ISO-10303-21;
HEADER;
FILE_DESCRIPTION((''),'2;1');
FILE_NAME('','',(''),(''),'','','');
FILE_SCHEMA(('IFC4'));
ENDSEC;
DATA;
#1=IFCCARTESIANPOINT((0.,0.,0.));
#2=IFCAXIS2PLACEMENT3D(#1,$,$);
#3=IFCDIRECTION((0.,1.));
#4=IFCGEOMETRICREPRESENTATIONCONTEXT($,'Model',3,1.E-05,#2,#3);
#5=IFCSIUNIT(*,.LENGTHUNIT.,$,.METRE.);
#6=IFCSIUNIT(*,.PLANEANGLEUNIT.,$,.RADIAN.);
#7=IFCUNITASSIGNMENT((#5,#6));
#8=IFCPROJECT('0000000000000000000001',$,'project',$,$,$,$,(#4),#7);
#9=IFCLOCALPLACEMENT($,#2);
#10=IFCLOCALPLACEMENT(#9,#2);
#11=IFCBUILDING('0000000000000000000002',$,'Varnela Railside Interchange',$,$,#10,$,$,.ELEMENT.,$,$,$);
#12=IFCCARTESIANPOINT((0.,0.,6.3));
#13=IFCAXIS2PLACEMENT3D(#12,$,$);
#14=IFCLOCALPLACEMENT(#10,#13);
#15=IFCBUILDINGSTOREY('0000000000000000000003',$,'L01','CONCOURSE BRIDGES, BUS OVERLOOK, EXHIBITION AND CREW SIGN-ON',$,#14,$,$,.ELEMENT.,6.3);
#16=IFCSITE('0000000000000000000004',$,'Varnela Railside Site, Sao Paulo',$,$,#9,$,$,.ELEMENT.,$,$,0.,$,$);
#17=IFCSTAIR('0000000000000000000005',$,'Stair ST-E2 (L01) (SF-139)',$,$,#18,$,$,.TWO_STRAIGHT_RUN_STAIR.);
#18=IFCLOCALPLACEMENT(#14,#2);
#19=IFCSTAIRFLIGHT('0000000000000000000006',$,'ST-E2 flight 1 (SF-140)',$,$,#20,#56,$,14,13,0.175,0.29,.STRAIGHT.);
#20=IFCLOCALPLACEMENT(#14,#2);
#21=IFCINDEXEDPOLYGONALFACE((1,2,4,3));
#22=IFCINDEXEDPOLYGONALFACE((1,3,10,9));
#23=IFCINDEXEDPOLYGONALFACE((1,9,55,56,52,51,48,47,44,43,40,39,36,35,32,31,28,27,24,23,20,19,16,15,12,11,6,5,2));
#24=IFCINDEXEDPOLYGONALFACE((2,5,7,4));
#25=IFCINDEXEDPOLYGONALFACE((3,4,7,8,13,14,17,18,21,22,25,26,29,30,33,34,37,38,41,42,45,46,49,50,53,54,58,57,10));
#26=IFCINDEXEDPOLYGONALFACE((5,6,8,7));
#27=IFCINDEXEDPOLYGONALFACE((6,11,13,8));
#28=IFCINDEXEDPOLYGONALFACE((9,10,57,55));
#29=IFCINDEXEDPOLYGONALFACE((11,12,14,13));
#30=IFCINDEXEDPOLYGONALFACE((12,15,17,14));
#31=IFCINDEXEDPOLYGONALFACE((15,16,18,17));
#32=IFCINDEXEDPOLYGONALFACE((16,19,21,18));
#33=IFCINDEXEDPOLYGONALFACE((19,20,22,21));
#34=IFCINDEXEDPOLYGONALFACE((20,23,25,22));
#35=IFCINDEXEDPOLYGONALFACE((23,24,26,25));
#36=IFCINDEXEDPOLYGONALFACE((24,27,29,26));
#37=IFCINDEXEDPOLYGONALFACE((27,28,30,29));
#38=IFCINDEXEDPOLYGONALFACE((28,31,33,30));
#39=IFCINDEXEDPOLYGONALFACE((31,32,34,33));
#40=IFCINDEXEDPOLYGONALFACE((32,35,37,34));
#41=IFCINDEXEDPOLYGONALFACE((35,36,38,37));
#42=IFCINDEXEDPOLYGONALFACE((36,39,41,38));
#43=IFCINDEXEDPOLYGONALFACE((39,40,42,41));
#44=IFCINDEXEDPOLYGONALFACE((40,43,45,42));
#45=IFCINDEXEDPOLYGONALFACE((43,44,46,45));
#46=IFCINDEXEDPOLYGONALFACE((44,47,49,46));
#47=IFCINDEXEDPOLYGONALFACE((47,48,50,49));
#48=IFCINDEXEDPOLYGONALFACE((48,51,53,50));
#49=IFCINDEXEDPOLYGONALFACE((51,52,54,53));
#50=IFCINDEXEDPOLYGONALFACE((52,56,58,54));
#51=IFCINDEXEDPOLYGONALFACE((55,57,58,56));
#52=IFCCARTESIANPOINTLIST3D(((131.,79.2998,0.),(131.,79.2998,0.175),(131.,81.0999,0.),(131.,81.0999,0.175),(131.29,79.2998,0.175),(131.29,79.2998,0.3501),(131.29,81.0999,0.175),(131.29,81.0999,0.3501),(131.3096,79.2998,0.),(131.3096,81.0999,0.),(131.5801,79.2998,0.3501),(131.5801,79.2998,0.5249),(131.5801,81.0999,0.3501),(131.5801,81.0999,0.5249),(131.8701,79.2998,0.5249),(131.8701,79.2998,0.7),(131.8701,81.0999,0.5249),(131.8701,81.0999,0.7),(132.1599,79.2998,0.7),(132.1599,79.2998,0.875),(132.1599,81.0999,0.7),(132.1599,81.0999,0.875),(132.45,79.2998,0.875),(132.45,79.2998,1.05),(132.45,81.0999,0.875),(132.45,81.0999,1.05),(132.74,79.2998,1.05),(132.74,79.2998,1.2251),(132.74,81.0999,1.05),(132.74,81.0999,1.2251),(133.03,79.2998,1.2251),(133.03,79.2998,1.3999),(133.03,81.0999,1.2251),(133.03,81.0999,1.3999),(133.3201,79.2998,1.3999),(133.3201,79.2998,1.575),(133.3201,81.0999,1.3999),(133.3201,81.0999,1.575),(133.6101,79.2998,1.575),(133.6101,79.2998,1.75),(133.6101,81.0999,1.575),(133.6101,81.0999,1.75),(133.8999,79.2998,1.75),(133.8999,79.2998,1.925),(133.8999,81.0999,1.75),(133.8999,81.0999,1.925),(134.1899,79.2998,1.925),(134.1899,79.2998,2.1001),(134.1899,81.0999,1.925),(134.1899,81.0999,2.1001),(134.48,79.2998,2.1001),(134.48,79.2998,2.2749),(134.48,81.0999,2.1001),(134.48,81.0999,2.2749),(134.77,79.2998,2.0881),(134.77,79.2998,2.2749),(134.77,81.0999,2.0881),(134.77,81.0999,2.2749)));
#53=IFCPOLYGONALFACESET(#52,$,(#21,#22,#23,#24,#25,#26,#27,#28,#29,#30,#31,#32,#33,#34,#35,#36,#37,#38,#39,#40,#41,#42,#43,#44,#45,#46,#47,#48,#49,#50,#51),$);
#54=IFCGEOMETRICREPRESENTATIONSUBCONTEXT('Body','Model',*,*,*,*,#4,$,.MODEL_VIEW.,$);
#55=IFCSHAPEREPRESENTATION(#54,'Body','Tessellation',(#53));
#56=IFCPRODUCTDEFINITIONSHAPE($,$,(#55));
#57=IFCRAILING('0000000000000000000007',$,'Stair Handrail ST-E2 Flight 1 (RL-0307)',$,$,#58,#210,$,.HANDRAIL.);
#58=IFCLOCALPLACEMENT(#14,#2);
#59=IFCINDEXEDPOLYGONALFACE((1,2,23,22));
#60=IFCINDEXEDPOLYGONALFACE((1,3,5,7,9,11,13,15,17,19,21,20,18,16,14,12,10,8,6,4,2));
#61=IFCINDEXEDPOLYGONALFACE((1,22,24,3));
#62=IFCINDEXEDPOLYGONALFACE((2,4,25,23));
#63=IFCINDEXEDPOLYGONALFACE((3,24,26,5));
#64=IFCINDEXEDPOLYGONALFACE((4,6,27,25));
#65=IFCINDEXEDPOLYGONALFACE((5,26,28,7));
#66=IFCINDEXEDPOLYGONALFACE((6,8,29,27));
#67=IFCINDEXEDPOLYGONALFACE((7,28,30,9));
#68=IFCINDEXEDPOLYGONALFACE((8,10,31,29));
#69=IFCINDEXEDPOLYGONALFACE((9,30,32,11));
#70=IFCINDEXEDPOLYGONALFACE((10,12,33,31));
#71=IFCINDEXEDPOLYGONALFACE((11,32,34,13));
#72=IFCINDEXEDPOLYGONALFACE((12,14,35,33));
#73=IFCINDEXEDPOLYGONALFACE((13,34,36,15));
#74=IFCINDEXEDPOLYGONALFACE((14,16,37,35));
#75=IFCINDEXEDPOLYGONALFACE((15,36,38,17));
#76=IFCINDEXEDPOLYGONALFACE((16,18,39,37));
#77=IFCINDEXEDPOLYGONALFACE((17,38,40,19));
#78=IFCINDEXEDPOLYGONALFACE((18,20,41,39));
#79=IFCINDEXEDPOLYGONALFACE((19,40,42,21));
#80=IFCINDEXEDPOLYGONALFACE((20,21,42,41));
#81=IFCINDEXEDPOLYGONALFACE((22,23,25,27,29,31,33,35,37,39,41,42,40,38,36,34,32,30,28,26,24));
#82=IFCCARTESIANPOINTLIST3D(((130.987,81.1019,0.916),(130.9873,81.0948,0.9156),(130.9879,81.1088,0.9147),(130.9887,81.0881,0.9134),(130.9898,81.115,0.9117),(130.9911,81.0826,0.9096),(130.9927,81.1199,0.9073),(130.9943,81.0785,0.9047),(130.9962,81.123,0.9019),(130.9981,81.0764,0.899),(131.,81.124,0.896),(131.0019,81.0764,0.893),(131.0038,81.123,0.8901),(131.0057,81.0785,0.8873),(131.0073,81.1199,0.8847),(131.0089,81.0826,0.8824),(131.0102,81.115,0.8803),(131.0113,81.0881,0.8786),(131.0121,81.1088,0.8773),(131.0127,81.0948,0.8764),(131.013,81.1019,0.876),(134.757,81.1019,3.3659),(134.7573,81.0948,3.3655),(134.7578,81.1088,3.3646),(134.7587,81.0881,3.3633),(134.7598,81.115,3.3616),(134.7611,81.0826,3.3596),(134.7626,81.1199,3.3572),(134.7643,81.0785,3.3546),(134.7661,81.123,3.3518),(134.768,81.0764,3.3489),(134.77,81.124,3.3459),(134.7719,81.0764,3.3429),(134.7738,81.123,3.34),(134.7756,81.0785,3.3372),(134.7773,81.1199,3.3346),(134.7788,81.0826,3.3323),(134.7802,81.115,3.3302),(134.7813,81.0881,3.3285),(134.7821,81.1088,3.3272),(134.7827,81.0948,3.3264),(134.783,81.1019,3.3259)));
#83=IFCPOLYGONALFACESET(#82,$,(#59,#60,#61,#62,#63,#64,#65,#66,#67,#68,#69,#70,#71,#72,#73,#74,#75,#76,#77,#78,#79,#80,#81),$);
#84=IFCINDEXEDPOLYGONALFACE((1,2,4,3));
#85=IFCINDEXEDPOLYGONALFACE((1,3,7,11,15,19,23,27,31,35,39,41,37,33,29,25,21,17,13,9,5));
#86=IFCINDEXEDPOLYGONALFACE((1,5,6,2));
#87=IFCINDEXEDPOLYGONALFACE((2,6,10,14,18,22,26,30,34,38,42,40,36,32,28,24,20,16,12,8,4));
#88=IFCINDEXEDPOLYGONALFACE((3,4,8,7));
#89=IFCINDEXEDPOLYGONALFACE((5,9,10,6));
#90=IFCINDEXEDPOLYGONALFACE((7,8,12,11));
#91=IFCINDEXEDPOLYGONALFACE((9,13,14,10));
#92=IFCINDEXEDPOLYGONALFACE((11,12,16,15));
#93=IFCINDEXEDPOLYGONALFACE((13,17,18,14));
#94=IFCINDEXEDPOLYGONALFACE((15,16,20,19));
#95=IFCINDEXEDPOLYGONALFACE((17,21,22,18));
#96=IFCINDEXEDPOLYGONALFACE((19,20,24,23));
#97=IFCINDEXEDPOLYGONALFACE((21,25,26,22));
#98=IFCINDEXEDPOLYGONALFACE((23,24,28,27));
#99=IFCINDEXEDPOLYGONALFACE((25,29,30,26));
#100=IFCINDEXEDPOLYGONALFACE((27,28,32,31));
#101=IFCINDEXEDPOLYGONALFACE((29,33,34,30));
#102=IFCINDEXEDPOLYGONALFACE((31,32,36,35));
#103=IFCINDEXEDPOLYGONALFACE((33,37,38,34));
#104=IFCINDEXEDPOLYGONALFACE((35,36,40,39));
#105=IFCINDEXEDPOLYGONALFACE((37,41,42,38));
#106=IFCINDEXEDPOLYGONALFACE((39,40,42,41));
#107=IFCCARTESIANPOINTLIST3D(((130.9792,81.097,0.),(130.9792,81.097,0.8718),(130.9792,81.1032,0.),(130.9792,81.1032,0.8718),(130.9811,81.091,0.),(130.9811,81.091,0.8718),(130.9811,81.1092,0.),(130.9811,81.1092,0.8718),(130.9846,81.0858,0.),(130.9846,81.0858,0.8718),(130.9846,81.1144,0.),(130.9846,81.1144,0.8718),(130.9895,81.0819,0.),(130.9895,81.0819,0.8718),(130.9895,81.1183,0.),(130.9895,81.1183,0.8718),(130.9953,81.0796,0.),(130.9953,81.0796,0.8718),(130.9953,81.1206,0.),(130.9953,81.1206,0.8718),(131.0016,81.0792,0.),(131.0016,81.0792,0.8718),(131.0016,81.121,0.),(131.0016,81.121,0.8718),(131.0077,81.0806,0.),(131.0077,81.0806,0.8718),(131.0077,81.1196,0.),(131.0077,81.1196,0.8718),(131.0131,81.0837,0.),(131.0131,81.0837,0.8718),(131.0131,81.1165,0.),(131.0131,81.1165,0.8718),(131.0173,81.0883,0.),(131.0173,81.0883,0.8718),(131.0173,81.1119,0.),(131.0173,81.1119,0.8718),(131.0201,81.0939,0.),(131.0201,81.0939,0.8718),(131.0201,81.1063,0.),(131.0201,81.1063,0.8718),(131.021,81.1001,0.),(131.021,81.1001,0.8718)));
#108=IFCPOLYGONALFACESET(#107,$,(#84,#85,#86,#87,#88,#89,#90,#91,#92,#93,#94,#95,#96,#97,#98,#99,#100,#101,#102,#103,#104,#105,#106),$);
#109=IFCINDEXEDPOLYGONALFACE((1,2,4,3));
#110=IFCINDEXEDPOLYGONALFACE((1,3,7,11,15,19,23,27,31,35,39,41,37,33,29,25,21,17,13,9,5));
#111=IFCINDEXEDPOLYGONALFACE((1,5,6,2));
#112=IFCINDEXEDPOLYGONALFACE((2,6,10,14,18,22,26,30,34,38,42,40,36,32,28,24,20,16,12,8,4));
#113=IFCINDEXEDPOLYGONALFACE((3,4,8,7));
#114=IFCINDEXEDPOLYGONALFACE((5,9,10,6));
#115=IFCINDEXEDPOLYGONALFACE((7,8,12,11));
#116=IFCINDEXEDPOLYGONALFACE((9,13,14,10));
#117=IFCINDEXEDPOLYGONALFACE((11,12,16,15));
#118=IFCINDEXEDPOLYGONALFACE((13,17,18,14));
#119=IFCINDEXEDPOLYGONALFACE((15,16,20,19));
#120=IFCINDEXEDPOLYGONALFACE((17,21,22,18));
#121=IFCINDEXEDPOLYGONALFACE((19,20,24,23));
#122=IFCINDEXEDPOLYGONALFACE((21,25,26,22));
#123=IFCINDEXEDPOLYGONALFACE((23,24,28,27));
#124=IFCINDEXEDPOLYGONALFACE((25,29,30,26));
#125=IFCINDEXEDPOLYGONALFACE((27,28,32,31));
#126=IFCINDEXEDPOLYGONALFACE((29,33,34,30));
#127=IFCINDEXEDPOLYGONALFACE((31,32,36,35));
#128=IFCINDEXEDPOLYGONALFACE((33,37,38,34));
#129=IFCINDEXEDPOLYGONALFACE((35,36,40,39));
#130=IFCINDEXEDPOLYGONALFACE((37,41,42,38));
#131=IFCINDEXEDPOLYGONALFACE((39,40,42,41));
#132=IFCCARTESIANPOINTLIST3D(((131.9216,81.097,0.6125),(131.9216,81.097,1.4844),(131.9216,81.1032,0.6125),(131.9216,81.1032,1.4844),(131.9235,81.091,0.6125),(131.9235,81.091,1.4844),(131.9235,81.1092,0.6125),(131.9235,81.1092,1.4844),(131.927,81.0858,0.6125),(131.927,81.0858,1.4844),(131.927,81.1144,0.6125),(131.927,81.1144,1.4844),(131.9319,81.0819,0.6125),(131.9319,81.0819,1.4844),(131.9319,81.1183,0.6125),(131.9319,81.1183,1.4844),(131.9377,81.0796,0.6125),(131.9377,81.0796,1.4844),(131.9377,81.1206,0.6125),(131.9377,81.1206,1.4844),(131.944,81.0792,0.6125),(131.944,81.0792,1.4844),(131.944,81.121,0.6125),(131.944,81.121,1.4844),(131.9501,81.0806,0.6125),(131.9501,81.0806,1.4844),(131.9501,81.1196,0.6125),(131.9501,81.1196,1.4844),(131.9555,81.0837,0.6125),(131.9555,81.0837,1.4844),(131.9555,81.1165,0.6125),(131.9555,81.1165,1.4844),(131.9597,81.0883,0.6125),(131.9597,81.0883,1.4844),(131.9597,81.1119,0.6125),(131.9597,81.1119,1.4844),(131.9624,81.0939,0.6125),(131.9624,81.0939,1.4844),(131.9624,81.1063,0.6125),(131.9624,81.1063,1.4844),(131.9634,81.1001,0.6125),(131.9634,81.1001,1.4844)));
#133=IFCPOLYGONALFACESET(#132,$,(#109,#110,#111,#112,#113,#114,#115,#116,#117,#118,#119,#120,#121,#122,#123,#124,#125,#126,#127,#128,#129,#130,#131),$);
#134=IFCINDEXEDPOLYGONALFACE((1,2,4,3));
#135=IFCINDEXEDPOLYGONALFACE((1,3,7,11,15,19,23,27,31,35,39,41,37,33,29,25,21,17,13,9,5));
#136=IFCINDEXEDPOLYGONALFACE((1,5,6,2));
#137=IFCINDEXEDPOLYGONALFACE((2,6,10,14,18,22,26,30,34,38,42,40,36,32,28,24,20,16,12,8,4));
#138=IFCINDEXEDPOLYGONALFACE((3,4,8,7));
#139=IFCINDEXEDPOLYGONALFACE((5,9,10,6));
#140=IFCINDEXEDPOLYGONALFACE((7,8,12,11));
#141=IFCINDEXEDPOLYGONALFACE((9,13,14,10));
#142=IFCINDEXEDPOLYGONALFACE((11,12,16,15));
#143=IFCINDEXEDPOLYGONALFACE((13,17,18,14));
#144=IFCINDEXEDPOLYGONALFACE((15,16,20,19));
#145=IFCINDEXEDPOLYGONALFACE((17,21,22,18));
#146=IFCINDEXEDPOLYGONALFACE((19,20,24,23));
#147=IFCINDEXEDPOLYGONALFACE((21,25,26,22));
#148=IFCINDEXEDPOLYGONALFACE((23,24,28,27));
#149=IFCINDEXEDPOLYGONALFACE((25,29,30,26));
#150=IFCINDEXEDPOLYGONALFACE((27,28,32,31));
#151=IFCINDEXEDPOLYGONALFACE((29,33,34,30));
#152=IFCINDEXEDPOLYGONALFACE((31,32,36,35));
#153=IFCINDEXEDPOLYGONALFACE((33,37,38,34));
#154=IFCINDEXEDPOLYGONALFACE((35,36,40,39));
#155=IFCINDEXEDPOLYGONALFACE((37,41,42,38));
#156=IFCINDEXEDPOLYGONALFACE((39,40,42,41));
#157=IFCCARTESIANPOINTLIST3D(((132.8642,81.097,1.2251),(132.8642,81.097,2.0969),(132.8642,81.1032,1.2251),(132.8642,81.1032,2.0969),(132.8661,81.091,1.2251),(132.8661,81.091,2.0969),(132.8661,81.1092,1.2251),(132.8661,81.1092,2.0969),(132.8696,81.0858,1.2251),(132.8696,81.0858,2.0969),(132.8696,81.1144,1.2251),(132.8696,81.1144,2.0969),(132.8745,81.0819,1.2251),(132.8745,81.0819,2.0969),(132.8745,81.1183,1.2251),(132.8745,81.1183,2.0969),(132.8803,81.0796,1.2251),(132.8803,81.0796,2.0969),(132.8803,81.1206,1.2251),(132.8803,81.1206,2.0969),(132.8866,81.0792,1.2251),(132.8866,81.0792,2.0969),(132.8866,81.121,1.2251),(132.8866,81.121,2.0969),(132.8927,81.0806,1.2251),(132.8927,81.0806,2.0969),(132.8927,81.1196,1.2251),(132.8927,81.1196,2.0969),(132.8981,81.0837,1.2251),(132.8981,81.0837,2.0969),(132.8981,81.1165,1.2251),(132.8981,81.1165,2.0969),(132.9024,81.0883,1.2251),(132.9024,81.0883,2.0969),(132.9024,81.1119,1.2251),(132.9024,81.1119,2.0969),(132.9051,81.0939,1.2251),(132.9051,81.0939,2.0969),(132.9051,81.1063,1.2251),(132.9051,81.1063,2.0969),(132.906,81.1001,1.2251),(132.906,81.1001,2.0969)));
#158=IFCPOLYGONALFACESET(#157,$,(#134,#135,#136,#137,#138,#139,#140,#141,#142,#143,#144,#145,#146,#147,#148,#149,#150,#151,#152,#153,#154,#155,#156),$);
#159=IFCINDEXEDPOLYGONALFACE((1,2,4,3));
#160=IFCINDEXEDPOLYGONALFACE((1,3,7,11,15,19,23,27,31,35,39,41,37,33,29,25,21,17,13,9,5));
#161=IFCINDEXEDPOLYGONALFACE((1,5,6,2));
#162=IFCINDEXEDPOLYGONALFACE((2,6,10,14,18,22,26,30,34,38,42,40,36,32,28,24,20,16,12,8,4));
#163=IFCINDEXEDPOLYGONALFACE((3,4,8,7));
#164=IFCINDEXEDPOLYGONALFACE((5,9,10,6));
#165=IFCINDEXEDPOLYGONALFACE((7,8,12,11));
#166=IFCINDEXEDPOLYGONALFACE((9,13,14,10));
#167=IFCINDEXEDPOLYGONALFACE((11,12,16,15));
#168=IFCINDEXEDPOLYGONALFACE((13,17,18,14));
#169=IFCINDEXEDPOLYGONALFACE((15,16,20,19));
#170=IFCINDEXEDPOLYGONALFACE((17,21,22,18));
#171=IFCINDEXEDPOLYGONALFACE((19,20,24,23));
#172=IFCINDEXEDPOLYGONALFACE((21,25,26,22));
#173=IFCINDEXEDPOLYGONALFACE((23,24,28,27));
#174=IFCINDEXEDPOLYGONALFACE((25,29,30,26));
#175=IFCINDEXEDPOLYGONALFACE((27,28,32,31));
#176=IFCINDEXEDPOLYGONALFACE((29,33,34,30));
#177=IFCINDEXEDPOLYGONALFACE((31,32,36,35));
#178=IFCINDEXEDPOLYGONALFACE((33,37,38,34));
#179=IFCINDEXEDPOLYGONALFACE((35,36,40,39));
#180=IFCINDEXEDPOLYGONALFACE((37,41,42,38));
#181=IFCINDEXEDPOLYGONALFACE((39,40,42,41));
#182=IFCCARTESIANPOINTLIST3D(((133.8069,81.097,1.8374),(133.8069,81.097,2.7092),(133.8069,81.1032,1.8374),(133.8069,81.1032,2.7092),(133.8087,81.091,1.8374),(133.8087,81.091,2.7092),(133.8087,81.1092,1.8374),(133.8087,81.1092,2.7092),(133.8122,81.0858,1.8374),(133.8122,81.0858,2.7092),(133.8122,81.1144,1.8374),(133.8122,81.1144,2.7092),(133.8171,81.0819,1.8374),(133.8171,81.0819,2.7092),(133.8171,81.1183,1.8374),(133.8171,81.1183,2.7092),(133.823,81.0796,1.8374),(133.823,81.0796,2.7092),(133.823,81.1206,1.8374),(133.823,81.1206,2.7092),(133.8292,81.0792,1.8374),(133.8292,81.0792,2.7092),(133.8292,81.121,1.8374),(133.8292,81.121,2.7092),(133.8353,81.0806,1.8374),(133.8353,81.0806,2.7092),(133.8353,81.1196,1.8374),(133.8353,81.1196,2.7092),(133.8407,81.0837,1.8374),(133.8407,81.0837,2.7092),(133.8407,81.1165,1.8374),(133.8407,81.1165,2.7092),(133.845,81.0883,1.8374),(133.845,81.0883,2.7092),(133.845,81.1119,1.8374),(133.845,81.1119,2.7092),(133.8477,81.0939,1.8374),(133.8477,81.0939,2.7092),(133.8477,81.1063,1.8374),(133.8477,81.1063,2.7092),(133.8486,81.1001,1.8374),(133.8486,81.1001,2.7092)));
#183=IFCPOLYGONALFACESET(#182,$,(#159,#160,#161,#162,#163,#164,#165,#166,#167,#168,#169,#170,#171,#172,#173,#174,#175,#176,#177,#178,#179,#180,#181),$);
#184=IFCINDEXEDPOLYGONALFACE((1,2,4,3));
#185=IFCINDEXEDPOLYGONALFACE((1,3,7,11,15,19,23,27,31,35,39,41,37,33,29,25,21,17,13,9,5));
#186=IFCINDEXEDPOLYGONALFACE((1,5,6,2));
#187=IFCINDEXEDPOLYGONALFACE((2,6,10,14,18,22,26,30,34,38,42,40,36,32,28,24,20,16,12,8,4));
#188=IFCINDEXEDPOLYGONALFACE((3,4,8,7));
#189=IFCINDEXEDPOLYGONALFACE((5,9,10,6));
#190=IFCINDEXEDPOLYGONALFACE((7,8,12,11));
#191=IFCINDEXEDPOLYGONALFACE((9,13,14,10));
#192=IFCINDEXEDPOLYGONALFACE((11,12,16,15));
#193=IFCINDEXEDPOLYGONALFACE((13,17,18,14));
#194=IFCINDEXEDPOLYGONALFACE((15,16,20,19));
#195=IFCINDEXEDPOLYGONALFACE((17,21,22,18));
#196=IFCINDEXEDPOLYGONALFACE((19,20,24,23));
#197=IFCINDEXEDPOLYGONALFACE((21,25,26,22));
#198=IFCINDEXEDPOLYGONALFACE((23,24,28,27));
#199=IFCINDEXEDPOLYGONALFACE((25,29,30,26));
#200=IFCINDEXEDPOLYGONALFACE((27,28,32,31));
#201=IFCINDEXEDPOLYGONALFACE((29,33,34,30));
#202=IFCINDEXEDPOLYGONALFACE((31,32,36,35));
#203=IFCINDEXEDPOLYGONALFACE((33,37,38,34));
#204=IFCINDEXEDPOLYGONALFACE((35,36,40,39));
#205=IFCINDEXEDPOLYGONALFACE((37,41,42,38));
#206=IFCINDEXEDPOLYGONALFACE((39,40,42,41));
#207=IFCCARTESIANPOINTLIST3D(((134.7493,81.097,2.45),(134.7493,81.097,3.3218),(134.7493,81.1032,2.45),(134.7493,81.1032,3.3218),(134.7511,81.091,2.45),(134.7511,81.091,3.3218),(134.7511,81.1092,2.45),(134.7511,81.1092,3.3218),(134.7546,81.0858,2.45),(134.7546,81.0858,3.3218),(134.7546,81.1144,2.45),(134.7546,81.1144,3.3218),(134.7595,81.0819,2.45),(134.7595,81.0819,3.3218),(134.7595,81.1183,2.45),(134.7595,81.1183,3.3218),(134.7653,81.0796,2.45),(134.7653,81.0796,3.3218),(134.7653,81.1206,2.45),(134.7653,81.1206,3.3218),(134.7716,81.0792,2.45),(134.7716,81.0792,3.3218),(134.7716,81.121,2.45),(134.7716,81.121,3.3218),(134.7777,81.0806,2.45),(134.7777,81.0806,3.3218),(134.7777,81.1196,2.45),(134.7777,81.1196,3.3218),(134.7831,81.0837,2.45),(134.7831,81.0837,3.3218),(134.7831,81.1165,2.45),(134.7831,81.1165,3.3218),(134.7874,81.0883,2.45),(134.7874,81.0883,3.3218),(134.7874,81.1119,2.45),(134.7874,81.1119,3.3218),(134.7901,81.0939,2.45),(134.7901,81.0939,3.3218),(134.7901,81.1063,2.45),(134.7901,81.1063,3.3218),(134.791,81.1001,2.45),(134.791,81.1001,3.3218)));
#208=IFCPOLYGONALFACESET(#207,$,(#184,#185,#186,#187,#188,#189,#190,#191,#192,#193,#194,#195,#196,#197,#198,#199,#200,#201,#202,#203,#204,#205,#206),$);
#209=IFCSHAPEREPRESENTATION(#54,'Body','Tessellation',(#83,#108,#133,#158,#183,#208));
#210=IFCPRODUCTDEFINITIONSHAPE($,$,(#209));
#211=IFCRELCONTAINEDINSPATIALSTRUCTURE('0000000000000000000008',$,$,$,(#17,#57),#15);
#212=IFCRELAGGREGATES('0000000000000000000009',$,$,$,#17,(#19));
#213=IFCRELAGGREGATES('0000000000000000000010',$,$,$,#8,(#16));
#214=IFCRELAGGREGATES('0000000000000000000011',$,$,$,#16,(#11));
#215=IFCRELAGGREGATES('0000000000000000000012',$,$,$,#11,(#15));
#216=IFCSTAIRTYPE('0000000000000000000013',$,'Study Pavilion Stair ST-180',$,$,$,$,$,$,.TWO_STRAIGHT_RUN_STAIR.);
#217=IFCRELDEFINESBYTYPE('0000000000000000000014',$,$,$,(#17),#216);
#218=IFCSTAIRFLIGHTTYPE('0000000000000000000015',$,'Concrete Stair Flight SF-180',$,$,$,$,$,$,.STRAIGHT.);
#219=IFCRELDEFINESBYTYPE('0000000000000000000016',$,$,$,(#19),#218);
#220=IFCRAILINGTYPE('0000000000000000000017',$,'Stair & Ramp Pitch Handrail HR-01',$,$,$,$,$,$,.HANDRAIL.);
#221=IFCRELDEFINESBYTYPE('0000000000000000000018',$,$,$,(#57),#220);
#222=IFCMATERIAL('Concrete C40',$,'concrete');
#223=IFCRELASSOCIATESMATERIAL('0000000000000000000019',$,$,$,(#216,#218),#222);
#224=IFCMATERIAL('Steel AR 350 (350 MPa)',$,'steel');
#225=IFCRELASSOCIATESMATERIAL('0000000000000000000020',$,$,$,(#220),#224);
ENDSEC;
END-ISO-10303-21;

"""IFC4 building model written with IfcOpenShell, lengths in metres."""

from ifc_helpers import new_model, si_unit, direction, frame, origin, origin_2d, place, context, subcontext, project, spatial, polyline, circle, outline, extrude, material, type_object, element, aggregate, save


model = new_model("IFC4")

# Units and contexts
model_context = context("Model", 3, precision=1e-05, world=origin(), true_north=direction((0.0, 1.0)))
body_context = subcontext(model_context, "Body", "Model", "MODEL_VIEW")
ifc_project = project(units=[si_unit("LENGTHUNIT", "METRE"), si_unit("PLANEANGLEUNIT", "RADIAN")], contexts=[model_context])

# Site, building, storey
site_placement = place(None, origin())
site = spatial("IfcSite", under=ifc_project, at=site_placement, Name="Varnela Railside Site, Sao Paulo", CompositionType="ELEMENT", RefElevation=0.0)
building_placement = place(site_placement, origin())
building = spatial("IfcBuilding", under=site, at=building_placement, Name="Varnela Railside Interchange", CompositionType="ELEMENT")
storey_placement = place(building_placement, frame((0.0, 0.0, 6.3)))
storey = spatial("IfcBuildingStorey", under=building, at=storey_placement, Name="L01", Description="CONCOURSE BRIDGES, BUS OVERLOOK, EXHIBITION AND CREW SIGN-ON", CompositionType="ELEMENT", Elevation=6.3)

# Shared definitions
ifc_material_1 = material(Name="Steel AR 350 (350 MPa)", Category="steel")

# Stair, stair flight
ifc_material_2 = material(Name="Concrete C40", Category="concrete")
stair_type = type_object("IfcStairType", Name="Study Pavilion Stair ST-180", PredefinedType="TWO_STRAIGHT_RUN_STAIR", material=ifc_material_2)
stair_placement = place(storey_placement, origin())
stair = element("IfcStair", 1, at=stair_placement, inside=storey, type_object=stair_type, Name="Stair ST-E2 (L01) (SF-139)", PredefinedType="TWO_STRAIGHT_RUN_STAIR")
stair_flight_type = type_object("IfcStairFlightType", Name="Concrete Stair Flight SF-180", PredefinedType="STRAIGHT", material=ifc_material_2)
stair_flight_placement = place(storey_placement, frame((131.0, 80.2, 0.0), z_axis=(0.0, 0.0, 1.0), x_axis=(1.0, 0.0, 0.0)))
stair_flight = element("IfcStairFlight", 2, at=stair_flight_placement, type_object=stair_flight_type, Name="ST-E2 flight 1 (SF-140)", NumberOfRisers=14, NumberOfTreads=13, PredefinedType="STRAIGHT", RiserHeight=0.175, TreadLength=0.29, context=body_context, shape_type="SweptSolid", body=[
    extrude(outline(polyline([(0.0, 0.0), (0.0, 0.175), (0.29, 0.175), (0.29, 0.3501), (0.5801, 0.3501), (0.5801, 0.5249), (0.8701, 0.5249), (0.8701, 0.7), (1.1599, 0.7), (1.1599, 0.875), (1.45, 0.875), (1.45, 1.05), (1.74, 1.05), (1.74, 1.2251), (2.03, 1.2251), (2.03, 1.3999), (2.3201, 1.3999), (2.3201, 1.575), (2.6101, 1.575), (2.6101, 1.75), (2.8999, 1.75), (2.8999, 1.925), (3.1899, 1.925), (3.1899, 2.1001), (3.48, 2.1001), (3.48, 2.2749), (3.77, 2.2749), (3.77, 2.45), (3.77, 2.0881), (0.3096, 0.0), (0.0, 0.0)])), frame((0.0, 0.8999, 0.0), z_axis=(0.0, -1.0, 0.0), x_axis=(1.0, 0.0, 0.0)), (0.0, 0.0, 1.0), 1.8),
])
aggregate(stair, [stair_flight])

# Railing
railing_type_1 = type_object("IfcRailingType", Name="Stair & Ramp Pitch Handrail HR-01", PredefinedType="HANDRAIL", material=ifc_material_1)
railing_1_placement = place(storey_placement, frame((131.0, 81.1001, 0.0)))
element("IfcRailing", 3, at=railing_1_placement, inside=storey, type_object=railing_type_1, Name="Stair Handrail ST-E2 Flight 1 (RL-0307)", PredefinedType="HANDRAIL", context=body_context, shape_type="SweptSolid", body=[
    extrude(circle(Radius=0.0239, at=origin_2d()), frame((0.0, 0.0, 0.896), z_axis=(0.838501, 0.0, 0.544901), x_axis=(0.0, 1.0, 0.0)), (0.0, 0.0, 1.0), 4.4961),
    extrude(circle(Radius=0.021, at=origin_2d()), origin(), (0.0, 0.0, 1.0), 0.8718),
    extrude(circle(Radius=0.021, at=origin_2d()), frame((0.9424, 0.0, 0.6125)), (0.0, 0.0, 1.0), 0.8718),
    extrude(circle(Radius=0.021, at=origin_2d()), frame((1.885, 0.0, 1.2251)), (0.0, 0.0, 1.0), 0.8718),
    extrude(circle(Radius=0.021, at=origin_2d()), frame((2.8276, 0.0, 1.8374)), (0.0, 0.0, 1.0), 0.8718),
    extrude(circle(Radius=0.021, at=origin_2d()), frame((3.77, 0.0, 2.45)), (0.0, 0.0, 1.0), 0.8718),
])

save(model, "model.ifc")
